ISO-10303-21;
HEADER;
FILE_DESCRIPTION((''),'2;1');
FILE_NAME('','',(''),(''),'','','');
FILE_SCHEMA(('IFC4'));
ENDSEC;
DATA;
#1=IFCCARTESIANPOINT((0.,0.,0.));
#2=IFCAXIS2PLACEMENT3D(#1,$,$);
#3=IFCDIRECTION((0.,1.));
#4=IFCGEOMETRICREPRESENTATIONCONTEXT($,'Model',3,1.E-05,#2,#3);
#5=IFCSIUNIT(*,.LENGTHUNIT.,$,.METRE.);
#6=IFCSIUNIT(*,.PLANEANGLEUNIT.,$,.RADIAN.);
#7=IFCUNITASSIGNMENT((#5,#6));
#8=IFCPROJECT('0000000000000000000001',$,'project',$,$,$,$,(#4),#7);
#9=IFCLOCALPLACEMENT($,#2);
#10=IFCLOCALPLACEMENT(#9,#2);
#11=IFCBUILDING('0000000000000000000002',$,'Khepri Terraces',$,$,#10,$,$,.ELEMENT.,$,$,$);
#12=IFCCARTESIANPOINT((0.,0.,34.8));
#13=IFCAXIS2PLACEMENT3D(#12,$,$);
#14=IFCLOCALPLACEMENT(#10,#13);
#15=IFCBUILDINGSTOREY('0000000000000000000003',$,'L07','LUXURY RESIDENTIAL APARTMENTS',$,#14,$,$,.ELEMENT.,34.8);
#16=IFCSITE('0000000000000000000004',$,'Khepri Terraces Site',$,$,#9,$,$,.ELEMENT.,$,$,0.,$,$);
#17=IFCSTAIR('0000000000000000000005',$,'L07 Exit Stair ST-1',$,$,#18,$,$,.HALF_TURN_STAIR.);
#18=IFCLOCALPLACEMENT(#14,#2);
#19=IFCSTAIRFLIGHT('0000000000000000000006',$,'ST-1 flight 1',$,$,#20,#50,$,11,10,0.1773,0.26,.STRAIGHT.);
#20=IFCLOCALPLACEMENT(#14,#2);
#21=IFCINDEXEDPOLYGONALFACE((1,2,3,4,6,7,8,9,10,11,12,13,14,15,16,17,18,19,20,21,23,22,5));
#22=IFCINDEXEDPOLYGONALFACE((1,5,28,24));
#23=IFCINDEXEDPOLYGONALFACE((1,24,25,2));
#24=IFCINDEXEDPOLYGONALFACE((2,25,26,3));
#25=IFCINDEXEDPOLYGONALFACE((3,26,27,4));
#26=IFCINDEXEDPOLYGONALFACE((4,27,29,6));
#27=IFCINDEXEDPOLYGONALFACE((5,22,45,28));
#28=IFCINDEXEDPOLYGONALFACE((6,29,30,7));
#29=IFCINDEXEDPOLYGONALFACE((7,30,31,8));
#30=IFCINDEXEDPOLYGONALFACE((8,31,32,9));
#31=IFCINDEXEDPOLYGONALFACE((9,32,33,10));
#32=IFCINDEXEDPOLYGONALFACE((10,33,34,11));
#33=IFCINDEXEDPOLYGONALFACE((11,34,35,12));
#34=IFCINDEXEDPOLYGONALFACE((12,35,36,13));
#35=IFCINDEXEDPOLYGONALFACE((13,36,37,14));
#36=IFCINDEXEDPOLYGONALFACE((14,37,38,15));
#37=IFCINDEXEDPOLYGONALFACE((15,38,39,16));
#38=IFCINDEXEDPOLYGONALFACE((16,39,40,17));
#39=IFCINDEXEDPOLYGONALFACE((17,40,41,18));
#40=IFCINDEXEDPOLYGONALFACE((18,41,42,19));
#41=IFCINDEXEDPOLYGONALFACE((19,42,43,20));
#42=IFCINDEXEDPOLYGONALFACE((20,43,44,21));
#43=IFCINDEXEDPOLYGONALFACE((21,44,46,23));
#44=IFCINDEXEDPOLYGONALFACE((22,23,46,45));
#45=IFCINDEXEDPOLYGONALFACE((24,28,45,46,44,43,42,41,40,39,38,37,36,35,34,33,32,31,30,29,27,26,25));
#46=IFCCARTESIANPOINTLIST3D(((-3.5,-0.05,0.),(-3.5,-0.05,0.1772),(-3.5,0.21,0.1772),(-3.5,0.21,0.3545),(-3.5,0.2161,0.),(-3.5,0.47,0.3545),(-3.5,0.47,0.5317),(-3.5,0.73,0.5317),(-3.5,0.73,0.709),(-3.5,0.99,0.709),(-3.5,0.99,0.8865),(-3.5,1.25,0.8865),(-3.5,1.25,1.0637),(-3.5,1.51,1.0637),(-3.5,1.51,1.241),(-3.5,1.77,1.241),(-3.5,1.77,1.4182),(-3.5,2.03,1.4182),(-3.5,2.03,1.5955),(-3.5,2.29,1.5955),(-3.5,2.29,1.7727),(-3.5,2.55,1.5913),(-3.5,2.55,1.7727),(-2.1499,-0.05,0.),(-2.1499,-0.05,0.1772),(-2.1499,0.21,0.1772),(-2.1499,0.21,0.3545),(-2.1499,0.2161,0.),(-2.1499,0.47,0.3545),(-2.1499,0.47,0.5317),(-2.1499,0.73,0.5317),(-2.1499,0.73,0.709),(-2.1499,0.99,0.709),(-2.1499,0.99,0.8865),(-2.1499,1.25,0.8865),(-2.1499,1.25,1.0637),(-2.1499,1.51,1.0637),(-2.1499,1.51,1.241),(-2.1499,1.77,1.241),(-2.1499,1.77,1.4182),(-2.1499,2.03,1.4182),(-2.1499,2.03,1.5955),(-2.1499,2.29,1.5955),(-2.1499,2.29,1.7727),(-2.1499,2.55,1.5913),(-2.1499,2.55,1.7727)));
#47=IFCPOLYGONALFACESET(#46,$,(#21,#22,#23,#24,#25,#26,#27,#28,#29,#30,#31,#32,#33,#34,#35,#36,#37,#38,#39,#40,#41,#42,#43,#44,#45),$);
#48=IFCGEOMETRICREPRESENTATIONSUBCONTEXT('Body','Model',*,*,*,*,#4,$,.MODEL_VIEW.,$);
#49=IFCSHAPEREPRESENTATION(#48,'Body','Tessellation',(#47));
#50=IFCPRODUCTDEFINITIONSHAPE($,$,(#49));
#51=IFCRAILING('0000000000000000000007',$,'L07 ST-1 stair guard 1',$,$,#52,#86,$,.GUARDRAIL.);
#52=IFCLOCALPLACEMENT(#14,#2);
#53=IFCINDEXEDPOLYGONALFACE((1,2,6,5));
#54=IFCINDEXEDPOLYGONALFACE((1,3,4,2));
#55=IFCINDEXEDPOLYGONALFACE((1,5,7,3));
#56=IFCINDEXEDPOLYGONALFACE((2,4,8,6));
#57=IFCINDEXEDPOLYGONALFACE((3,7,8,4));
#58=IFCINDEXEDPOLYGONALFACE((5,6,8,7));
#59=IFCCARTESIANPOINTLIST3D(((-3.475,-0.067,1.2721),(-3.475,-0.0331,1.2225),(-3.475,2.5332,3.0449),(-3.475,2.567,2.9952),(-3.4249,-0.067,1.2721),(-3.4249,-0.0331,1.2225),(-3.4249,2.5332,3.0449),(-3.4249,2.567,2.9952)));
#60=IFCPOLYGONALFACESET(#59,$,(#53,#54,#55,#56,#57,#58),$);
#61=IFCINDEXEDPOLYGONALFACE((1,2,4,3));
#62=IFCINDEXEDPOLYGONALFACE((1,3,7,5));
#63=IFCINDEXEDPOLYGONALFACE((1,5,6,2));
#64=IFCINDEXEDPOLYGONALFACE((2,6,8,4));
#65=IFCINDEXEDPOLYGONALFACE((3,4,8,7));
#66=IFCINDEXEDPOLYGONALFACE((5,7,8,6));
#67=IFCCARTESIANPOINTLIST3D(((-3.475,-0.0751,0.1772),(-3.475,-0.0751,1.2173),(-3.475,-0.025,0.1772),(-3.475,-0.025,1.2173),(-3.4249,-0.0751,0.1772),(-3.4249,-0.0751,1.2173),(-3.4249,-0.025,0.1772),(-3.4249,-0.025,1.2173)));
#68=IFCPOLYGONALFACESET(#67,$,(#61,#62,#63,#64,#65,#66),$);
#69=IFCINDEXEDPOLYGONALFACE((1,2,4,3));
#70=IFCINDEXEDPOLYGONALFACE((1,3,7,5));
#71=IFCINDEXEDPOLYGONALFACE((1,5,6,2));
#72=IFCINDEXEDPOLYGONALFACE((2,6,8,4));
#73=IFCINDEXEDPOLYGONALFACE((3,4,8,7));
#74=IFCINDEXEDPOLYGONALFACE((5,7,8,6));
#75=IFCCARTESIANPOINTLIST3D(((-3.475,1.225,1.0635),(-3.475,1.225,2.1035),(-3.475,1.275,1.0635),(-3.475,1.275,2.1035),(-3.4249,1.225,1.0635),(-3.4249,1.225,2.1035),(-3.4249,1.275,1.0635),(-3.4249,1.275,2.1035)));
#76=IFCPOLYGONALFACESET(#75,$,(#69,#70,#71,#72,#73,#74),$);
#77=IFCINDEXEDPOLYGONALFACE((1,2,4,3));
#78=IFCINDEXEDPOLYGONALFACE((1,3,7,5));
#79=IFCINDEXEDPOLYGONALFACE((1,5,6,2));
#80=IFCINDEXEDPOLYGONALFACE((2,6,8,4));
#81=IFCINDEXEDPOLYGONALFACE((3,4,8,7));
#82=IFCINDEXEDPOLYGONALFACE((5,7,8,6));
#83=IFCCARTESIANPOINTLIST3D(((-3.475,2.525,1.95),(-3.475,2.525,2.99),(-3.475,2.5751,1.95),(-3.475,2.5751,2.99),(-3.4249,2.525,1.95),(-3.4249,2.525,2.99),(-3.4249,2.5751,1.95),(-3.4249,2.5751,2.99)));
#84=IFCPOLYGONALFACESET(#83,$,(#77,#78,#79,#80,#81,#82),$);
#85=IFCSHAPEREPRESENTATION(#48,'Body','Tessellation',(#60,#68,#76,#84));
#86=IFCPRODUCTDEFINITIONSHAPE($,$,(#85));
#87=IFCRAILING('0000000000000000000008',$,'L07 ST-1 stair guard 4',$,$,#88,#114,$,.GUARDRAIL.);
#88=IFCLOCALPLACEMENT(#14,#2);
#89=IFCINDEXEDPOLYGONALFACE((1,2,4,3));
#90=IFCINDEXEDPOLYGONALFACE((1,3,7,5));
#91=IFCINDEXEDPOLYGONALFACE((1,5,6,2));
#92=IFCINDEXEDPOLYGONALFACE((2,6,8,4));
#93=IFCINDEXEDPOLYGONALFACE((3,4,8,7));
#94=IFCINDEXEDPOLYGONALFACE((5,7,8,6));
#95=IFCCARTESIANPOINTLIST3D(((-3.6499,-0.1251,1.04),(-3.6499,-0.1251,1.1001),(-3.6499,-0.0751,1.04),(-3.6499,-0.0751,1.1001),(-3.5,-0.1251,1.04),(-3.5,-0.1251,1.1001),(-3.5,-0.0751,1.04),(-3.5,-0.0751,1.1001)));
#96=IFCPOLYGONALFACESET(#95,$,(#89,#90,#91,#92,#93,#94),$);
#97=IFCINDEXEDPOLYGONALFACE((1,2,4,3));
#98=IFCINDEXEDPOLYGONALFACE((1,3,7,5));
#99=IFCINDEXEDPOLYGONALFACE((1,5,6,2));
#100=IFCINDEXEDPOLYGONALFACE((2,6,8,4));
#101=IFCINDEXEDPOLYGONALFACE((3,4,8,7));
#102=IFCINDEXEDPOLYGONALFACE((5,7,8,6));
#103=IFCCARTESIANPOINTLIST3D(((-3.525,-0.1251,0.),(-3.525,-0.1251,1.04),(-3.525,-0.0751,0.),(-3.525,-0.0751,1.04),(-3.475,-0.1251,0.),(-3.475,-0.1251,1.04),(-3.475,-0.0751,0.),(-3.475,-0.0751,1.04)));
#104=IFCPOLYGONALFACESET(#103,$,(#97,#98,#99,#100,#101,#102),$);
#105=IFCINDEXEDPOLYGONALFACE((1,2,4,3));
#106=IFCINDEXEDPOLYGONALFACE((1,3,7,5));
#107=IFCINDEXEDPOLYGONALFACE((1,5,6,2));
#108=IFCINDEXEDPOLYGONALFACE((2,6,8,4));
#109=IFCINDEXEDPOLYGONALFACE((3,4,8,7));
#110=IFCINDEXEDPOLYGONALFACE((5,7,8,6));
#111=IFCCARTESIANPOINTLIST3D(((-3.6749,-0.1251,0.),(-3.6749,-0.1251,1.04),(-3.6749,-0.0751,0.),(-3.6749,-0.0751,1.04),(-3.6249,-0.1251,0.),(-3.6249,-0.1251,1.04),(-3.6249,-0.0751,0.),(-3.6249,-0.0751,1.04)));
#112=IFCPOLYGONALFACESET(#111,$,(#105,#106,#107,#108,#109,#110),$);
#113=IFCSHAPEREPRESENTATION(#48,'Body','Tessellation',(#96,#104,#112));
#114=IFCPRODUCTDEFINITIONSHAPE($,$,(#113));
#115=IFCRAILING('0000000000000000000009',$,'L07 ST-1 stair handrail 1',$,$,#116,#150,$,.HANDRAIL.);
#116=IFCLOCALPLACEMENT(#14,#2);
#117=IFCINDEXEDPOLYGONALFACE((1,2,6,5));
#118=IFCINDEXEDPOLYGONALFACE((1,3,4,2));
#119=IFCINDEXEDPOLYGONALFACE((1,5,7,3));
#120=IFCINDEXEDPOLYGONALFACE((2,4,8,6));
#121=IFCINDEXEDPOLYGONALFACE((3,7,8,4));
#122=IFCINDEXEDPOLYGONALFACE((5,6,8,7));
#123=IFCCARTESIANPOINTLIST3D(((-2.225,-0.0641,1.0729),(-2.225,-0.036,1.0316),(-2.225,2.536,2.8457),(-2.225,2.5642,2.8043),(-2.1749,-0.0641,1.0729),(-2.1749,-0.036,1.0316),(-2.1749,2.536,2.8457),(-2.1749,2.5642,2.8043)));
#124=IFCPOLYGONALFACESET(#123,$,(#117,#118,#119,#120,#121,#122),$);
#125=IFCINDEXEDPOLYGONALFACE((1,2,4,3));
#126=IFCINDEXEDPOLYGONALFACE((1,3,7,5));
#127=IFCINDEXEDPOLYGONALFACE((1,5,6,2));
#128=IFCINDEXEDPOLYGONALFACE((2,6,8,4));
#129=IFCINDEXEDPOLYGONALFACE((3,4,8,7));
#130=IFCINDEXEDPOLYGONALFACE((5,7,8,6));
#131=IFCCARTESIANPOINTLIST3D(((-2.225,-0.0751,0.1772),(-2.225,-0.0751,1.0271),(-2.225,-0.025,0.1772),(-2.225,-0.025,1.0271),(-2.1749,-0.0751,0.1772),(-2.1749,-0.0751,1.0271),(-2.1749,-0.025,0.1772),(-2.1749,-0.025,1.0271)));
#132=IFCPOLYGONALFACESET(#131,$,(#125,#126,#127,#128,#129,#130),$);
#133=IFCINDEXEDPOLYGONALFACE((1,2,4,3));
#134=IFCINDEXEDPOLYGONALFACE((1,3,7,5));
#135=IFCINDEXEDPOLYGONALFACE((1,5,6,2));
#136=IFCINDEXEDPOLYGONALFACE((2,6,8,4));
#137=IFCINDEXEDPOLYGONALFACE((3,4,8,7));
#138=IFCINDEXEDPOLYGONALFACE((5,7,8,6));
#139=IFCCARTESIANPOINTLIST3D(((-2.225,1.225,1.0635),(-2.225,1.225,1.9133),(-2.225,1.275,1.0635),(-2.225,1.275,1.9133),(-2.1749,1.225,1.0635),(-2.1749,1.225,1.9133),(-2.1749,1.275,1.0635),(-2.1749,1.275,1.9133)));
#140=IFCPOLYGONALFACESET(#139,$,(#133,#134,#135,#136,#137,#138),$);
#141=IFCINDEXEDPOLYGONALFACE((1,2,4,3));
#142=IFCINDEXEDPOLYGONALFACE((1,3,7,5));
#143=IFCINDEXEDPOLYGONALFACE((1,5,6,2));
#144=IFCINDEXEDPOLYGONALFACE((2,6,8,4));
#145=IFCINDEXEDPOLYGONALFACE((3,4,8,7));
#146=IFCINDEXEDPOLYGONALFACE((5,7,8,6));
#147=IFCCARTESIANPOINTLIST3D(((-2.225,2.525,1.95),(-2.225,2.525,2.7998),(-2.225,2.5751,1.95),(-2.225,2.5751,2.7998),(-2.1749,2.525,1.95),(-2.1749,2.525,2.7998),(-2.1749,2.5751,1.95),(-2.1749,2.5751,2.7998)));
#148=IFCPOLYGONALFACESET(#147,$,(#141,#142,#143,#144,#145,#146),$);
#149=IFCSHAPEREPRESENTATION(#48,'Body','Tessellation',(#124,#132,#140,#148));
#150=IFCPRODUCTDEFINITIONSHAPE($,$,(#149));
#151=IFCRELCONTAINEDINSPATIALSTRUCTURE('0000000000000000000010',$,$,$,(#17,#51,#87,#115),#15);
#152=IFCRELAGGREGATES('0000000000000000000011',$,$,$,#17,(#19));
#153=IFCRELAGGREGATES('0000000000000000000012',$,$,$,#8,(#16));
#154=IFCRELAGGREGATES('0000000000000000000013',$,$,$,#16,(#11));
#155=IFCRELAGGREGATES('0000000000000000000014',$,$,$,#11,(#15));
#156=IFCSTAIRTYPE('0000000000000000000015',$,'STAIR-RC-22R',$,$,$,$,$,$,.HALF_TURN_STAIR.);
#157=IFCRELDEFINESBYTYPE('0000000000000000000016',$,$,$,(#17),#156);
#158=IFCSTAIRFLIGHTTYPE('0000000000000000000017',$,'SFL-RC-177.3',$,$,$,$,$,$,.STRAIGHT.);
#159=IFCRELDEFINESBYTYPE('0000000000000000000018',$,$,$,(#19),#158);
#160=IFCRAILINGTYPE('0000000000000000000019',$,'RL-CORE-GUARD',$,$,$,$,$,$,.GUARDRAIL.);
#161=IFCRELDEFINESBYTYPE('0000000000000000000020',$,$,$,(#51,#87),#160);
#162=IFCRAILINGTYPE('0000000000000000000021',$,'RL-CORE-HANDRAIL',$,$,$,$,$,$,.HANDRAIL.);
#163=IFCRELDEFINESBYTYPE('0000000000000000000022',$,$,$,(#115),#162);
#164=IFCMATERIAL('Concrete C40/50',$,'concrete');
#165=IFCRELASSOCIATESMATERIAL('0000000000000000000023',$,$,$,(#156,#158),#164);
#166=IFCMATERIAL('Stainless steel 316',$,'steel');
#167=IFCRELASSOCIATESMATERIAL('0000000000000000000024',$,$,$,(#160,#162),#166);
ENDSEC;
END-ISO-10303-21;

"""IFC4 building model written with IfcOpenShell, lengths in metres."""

from ifc_helpers import new_model, si_unit, direction, frame, origin, origin_2d, place, context, subcontext, project, spatial, polyline, rectangle, outline, extrude, material, type_object, element, aggregate, save


model = new_model("IFC4")

# Units and contexts
model_context = context("Model", 3, precision=1e-05, world=origin(), true_north=direction((0.0, 1.0)))
body_context = subcontext(model_context, "Body", "Model", "MODEL_VIEW")
ifc_project = project(units=[si_unit("LENGTHUNIT", "METRE"), si_unit("PLANEANGLEUNIT", "RADIAN")], contexts=[model_context])

# Site, building, storey
site_placement = place(None, origin())
site = spatial("IfcSite", under=ifc_project, at=site_placement, Name="Khepri Terraces Site", CompositionType="ELEMENT", RefElevation=0.0)
building_placement = place(site_placement, origin())
building = spatial("IfcBuilding", under=site, at=building_placement, Name="Khepri Terraces", CompositionType="ELEMENT")
storey_placement = place(building_placement, frame((0.0, 0.0, 34.8)))
storey = spatial("IfcBuildingStorey", under=building, at=storey_placement, Name="L07", Description="LUXURY RESIDENTIAL APARTMENTS", CompositionType="ELEMENT", Elevation=34.8)

# Stair, stair flight
ifc_material_1 = material(Name="Concrete C40/50", Category="concrete")
stair_type = type_object("IfcStairType", Name="STAIR-RC-22R", PredefinedType="HALF_TURN_STAIR", material=ifc_material_1)
stair_placement = place(storey_placement, origin())
stair = element("IfcStair", 1, at=stair_placement, inside=storey, type_object=stair_type, Name="L07 Exit Stair ST-1", PredefinedType="HALF_TURN_STAIR")
stair_flight_type = type_object("IfcStairFlightType", Name="SFL-RC-177.3", PredefinedType="STRAIGHT", material=ifc_material_1)
stair_flight_placement = place(storey_placement, frame((-2.825, -0.05, 0.0), z_axis=(0.0, 0.0, 1.0), x_axis=(0.0, 1.0, 0.0)))
stair_flight = element("IfcStairFlight", 2, at=stair_flight_placement, type_object=stair_flight_type, Name="ST-1 flight 1", NumberOfRisers=11, NumberOfTreads=10, PredefinedType="STRAIGHT", RiserHeight=0.1773, TreadLength=0.26, context=body_context, shape_type="SweptSolid", body=[
    extrude(outline(polyline([(0.0, 0.0), (0.0, 0.1772), (0.26, 0.1772), (0.26, 0.3545), (0.52, 0.3545), (0.52, 0.5317), (0.78, 0.5317), (0.78, 0.709), (1.04, 0.709), (1.04, 0.8865), (1.3, 0.8865), (1.3, 1.0637), (1.5601, 1.0637), (1.5601, 1.241), (1.8201, 1.241), (1.8201, 1.4182), (2.0801, 1.4182), (2.0801, 1.5955), (2.3401, 1.5955), (2.3401, 1.7727), (2.6001, 1.7727), (2.6001, 1.95), (2.6001, 1.5913), (0.2661, 0.0), (0.0, 0.0)])), frame((0.0, 0.675, 0.0), z_axis=(0.0, -1.0, 0.0), x_axis=(1.0, 0.0, 0.0)), (0.0, 0.0, 1.0), 1.3501),
])
aggregate(stair, [stair_flight])

# Railings
ifc_material_2 = material(Name="Stainless steel 316", Category="steel")
railing_type_1 = type_object("IfcRailingType", Name="RL-CORE-GUARD", PredefinedType="GUARDRAIL", material=ifc_material_2)
railing_1_placement = place(storey_placement, frame((-3.45, -0.05, 0.1772)))
element("IfcRailing", 3, at=railing_1_placement, inside=storey, type_object=railing_type_1, Name="L07 ST-1 stair guard 1", PredefinedType="GUARDRAIL", context=body_context, shape_type="SweptSolid", body=[
    extrude(rectangle(XDim=0.05, YDim=0.0601, at=origin_2d()), frame((0.0, 0.0, 1.0701), z_axis=(0.0, 0.82624, 0.563318), x_axis=(-1.0, 0.0, 0.0)), (0.0, 0.0, 1.0), 3.147),
    extrude(rectangle(XDim=0.05, YDim=0.05, at=origin_2d()), origin(), (0.0, 0.0, 1.0), 1.04),
    extrude(rectangle(XDim=0.05, YDim=0.05, at=origin_2d()), frame((0.0, 1.3, 0.8862)), (0.0, 0.0, 1.0), 1.04),
    extrude(rectangle(XDim=0.05, YDim=0.05, at=origin_2d()), frame((0.0, 2.6001, 1.7727)), (0.0, 0.0, 1.0), 1.04),
])
railing_2_placement = place(storey_placement, frame((-3.5, -0.1001, 0.0)))
element("IfcRailing", 4, at=railing_2_placement, inside=storey, type_object=railing_type_1, Name="L07 ST-1 stair guard 4", PredefinedType="GUARDRAIL", context=body_context, shape_type="SweptSolid", body=[
    extrude(rectangle(XDim=0.05, YDim=0.0601, at=origin_2d()), frame((0.0, 0.0, 1.0701), z_axis=(-1.0, 0.0, 0.0), x_axis=(0.0, -1.0, 0.0)), (0.0, 0.0, 1.0), 0.1499),
    extrude(rectangle(XDim=0.05, YDim=0.05, at=origin_2d()), origin(), (0.0, 0.0, 1.0), 1.04),
    extrude(rectangle(XDim=0.05, YDim=0.05, at=origin_2d()), frame((-0.1499, 0.0, 0.0)), (0.0, 0.0, 1.0), 1.04),
])
railing_type_2 = type_object("IfcRailingType", Name="RL-CORE-HANDRAIL", PredefinedType="HANDRAIL", material=ifc_material_2)
railing_3_placement = place(storey_placement, frame((-2.2, -0.05, 0.1772)))
element("IfcRailing", 5, at=railing_3_placement, inside=storey, type_object=railing_type_2, Name="L07 ST-1 stair handrail 1", PredefinedType="HANDRAIL", context=body_context, shape_type="SweptSolid", body=[
    extrude(rectangle(XDim=0.05, YDim=0.05, at=origin_2d()), frame((0.0, 0.0, 0.875), z_axis=(0.0, 0.82624, 0.563318), x_axis=(-1.0, 0.0, 0.0)), (0.0, 0.0, 1.0), 3.147),
    extrude(rectangle(XDim=0.05, YDim=0.05, at=origin_2d()), origin(), (0.0, 0.0, 1.0), 0.8499),
    extrude(rectangle(XDim=0.05, YDim=0.05, at=origin_2d()), frame((0.0, 1.3, 0.8862)), (0.0, 0.0, 1.0), 0.8499),
    extrude(rectangle(XDim=0.05, YDim=0.05, at=origin_2d()), frame((0.0, 2.6001, 1.7727)), (0.0, 0.0, 1.0), 0.8499),
])

save(model, "model.ifc")
